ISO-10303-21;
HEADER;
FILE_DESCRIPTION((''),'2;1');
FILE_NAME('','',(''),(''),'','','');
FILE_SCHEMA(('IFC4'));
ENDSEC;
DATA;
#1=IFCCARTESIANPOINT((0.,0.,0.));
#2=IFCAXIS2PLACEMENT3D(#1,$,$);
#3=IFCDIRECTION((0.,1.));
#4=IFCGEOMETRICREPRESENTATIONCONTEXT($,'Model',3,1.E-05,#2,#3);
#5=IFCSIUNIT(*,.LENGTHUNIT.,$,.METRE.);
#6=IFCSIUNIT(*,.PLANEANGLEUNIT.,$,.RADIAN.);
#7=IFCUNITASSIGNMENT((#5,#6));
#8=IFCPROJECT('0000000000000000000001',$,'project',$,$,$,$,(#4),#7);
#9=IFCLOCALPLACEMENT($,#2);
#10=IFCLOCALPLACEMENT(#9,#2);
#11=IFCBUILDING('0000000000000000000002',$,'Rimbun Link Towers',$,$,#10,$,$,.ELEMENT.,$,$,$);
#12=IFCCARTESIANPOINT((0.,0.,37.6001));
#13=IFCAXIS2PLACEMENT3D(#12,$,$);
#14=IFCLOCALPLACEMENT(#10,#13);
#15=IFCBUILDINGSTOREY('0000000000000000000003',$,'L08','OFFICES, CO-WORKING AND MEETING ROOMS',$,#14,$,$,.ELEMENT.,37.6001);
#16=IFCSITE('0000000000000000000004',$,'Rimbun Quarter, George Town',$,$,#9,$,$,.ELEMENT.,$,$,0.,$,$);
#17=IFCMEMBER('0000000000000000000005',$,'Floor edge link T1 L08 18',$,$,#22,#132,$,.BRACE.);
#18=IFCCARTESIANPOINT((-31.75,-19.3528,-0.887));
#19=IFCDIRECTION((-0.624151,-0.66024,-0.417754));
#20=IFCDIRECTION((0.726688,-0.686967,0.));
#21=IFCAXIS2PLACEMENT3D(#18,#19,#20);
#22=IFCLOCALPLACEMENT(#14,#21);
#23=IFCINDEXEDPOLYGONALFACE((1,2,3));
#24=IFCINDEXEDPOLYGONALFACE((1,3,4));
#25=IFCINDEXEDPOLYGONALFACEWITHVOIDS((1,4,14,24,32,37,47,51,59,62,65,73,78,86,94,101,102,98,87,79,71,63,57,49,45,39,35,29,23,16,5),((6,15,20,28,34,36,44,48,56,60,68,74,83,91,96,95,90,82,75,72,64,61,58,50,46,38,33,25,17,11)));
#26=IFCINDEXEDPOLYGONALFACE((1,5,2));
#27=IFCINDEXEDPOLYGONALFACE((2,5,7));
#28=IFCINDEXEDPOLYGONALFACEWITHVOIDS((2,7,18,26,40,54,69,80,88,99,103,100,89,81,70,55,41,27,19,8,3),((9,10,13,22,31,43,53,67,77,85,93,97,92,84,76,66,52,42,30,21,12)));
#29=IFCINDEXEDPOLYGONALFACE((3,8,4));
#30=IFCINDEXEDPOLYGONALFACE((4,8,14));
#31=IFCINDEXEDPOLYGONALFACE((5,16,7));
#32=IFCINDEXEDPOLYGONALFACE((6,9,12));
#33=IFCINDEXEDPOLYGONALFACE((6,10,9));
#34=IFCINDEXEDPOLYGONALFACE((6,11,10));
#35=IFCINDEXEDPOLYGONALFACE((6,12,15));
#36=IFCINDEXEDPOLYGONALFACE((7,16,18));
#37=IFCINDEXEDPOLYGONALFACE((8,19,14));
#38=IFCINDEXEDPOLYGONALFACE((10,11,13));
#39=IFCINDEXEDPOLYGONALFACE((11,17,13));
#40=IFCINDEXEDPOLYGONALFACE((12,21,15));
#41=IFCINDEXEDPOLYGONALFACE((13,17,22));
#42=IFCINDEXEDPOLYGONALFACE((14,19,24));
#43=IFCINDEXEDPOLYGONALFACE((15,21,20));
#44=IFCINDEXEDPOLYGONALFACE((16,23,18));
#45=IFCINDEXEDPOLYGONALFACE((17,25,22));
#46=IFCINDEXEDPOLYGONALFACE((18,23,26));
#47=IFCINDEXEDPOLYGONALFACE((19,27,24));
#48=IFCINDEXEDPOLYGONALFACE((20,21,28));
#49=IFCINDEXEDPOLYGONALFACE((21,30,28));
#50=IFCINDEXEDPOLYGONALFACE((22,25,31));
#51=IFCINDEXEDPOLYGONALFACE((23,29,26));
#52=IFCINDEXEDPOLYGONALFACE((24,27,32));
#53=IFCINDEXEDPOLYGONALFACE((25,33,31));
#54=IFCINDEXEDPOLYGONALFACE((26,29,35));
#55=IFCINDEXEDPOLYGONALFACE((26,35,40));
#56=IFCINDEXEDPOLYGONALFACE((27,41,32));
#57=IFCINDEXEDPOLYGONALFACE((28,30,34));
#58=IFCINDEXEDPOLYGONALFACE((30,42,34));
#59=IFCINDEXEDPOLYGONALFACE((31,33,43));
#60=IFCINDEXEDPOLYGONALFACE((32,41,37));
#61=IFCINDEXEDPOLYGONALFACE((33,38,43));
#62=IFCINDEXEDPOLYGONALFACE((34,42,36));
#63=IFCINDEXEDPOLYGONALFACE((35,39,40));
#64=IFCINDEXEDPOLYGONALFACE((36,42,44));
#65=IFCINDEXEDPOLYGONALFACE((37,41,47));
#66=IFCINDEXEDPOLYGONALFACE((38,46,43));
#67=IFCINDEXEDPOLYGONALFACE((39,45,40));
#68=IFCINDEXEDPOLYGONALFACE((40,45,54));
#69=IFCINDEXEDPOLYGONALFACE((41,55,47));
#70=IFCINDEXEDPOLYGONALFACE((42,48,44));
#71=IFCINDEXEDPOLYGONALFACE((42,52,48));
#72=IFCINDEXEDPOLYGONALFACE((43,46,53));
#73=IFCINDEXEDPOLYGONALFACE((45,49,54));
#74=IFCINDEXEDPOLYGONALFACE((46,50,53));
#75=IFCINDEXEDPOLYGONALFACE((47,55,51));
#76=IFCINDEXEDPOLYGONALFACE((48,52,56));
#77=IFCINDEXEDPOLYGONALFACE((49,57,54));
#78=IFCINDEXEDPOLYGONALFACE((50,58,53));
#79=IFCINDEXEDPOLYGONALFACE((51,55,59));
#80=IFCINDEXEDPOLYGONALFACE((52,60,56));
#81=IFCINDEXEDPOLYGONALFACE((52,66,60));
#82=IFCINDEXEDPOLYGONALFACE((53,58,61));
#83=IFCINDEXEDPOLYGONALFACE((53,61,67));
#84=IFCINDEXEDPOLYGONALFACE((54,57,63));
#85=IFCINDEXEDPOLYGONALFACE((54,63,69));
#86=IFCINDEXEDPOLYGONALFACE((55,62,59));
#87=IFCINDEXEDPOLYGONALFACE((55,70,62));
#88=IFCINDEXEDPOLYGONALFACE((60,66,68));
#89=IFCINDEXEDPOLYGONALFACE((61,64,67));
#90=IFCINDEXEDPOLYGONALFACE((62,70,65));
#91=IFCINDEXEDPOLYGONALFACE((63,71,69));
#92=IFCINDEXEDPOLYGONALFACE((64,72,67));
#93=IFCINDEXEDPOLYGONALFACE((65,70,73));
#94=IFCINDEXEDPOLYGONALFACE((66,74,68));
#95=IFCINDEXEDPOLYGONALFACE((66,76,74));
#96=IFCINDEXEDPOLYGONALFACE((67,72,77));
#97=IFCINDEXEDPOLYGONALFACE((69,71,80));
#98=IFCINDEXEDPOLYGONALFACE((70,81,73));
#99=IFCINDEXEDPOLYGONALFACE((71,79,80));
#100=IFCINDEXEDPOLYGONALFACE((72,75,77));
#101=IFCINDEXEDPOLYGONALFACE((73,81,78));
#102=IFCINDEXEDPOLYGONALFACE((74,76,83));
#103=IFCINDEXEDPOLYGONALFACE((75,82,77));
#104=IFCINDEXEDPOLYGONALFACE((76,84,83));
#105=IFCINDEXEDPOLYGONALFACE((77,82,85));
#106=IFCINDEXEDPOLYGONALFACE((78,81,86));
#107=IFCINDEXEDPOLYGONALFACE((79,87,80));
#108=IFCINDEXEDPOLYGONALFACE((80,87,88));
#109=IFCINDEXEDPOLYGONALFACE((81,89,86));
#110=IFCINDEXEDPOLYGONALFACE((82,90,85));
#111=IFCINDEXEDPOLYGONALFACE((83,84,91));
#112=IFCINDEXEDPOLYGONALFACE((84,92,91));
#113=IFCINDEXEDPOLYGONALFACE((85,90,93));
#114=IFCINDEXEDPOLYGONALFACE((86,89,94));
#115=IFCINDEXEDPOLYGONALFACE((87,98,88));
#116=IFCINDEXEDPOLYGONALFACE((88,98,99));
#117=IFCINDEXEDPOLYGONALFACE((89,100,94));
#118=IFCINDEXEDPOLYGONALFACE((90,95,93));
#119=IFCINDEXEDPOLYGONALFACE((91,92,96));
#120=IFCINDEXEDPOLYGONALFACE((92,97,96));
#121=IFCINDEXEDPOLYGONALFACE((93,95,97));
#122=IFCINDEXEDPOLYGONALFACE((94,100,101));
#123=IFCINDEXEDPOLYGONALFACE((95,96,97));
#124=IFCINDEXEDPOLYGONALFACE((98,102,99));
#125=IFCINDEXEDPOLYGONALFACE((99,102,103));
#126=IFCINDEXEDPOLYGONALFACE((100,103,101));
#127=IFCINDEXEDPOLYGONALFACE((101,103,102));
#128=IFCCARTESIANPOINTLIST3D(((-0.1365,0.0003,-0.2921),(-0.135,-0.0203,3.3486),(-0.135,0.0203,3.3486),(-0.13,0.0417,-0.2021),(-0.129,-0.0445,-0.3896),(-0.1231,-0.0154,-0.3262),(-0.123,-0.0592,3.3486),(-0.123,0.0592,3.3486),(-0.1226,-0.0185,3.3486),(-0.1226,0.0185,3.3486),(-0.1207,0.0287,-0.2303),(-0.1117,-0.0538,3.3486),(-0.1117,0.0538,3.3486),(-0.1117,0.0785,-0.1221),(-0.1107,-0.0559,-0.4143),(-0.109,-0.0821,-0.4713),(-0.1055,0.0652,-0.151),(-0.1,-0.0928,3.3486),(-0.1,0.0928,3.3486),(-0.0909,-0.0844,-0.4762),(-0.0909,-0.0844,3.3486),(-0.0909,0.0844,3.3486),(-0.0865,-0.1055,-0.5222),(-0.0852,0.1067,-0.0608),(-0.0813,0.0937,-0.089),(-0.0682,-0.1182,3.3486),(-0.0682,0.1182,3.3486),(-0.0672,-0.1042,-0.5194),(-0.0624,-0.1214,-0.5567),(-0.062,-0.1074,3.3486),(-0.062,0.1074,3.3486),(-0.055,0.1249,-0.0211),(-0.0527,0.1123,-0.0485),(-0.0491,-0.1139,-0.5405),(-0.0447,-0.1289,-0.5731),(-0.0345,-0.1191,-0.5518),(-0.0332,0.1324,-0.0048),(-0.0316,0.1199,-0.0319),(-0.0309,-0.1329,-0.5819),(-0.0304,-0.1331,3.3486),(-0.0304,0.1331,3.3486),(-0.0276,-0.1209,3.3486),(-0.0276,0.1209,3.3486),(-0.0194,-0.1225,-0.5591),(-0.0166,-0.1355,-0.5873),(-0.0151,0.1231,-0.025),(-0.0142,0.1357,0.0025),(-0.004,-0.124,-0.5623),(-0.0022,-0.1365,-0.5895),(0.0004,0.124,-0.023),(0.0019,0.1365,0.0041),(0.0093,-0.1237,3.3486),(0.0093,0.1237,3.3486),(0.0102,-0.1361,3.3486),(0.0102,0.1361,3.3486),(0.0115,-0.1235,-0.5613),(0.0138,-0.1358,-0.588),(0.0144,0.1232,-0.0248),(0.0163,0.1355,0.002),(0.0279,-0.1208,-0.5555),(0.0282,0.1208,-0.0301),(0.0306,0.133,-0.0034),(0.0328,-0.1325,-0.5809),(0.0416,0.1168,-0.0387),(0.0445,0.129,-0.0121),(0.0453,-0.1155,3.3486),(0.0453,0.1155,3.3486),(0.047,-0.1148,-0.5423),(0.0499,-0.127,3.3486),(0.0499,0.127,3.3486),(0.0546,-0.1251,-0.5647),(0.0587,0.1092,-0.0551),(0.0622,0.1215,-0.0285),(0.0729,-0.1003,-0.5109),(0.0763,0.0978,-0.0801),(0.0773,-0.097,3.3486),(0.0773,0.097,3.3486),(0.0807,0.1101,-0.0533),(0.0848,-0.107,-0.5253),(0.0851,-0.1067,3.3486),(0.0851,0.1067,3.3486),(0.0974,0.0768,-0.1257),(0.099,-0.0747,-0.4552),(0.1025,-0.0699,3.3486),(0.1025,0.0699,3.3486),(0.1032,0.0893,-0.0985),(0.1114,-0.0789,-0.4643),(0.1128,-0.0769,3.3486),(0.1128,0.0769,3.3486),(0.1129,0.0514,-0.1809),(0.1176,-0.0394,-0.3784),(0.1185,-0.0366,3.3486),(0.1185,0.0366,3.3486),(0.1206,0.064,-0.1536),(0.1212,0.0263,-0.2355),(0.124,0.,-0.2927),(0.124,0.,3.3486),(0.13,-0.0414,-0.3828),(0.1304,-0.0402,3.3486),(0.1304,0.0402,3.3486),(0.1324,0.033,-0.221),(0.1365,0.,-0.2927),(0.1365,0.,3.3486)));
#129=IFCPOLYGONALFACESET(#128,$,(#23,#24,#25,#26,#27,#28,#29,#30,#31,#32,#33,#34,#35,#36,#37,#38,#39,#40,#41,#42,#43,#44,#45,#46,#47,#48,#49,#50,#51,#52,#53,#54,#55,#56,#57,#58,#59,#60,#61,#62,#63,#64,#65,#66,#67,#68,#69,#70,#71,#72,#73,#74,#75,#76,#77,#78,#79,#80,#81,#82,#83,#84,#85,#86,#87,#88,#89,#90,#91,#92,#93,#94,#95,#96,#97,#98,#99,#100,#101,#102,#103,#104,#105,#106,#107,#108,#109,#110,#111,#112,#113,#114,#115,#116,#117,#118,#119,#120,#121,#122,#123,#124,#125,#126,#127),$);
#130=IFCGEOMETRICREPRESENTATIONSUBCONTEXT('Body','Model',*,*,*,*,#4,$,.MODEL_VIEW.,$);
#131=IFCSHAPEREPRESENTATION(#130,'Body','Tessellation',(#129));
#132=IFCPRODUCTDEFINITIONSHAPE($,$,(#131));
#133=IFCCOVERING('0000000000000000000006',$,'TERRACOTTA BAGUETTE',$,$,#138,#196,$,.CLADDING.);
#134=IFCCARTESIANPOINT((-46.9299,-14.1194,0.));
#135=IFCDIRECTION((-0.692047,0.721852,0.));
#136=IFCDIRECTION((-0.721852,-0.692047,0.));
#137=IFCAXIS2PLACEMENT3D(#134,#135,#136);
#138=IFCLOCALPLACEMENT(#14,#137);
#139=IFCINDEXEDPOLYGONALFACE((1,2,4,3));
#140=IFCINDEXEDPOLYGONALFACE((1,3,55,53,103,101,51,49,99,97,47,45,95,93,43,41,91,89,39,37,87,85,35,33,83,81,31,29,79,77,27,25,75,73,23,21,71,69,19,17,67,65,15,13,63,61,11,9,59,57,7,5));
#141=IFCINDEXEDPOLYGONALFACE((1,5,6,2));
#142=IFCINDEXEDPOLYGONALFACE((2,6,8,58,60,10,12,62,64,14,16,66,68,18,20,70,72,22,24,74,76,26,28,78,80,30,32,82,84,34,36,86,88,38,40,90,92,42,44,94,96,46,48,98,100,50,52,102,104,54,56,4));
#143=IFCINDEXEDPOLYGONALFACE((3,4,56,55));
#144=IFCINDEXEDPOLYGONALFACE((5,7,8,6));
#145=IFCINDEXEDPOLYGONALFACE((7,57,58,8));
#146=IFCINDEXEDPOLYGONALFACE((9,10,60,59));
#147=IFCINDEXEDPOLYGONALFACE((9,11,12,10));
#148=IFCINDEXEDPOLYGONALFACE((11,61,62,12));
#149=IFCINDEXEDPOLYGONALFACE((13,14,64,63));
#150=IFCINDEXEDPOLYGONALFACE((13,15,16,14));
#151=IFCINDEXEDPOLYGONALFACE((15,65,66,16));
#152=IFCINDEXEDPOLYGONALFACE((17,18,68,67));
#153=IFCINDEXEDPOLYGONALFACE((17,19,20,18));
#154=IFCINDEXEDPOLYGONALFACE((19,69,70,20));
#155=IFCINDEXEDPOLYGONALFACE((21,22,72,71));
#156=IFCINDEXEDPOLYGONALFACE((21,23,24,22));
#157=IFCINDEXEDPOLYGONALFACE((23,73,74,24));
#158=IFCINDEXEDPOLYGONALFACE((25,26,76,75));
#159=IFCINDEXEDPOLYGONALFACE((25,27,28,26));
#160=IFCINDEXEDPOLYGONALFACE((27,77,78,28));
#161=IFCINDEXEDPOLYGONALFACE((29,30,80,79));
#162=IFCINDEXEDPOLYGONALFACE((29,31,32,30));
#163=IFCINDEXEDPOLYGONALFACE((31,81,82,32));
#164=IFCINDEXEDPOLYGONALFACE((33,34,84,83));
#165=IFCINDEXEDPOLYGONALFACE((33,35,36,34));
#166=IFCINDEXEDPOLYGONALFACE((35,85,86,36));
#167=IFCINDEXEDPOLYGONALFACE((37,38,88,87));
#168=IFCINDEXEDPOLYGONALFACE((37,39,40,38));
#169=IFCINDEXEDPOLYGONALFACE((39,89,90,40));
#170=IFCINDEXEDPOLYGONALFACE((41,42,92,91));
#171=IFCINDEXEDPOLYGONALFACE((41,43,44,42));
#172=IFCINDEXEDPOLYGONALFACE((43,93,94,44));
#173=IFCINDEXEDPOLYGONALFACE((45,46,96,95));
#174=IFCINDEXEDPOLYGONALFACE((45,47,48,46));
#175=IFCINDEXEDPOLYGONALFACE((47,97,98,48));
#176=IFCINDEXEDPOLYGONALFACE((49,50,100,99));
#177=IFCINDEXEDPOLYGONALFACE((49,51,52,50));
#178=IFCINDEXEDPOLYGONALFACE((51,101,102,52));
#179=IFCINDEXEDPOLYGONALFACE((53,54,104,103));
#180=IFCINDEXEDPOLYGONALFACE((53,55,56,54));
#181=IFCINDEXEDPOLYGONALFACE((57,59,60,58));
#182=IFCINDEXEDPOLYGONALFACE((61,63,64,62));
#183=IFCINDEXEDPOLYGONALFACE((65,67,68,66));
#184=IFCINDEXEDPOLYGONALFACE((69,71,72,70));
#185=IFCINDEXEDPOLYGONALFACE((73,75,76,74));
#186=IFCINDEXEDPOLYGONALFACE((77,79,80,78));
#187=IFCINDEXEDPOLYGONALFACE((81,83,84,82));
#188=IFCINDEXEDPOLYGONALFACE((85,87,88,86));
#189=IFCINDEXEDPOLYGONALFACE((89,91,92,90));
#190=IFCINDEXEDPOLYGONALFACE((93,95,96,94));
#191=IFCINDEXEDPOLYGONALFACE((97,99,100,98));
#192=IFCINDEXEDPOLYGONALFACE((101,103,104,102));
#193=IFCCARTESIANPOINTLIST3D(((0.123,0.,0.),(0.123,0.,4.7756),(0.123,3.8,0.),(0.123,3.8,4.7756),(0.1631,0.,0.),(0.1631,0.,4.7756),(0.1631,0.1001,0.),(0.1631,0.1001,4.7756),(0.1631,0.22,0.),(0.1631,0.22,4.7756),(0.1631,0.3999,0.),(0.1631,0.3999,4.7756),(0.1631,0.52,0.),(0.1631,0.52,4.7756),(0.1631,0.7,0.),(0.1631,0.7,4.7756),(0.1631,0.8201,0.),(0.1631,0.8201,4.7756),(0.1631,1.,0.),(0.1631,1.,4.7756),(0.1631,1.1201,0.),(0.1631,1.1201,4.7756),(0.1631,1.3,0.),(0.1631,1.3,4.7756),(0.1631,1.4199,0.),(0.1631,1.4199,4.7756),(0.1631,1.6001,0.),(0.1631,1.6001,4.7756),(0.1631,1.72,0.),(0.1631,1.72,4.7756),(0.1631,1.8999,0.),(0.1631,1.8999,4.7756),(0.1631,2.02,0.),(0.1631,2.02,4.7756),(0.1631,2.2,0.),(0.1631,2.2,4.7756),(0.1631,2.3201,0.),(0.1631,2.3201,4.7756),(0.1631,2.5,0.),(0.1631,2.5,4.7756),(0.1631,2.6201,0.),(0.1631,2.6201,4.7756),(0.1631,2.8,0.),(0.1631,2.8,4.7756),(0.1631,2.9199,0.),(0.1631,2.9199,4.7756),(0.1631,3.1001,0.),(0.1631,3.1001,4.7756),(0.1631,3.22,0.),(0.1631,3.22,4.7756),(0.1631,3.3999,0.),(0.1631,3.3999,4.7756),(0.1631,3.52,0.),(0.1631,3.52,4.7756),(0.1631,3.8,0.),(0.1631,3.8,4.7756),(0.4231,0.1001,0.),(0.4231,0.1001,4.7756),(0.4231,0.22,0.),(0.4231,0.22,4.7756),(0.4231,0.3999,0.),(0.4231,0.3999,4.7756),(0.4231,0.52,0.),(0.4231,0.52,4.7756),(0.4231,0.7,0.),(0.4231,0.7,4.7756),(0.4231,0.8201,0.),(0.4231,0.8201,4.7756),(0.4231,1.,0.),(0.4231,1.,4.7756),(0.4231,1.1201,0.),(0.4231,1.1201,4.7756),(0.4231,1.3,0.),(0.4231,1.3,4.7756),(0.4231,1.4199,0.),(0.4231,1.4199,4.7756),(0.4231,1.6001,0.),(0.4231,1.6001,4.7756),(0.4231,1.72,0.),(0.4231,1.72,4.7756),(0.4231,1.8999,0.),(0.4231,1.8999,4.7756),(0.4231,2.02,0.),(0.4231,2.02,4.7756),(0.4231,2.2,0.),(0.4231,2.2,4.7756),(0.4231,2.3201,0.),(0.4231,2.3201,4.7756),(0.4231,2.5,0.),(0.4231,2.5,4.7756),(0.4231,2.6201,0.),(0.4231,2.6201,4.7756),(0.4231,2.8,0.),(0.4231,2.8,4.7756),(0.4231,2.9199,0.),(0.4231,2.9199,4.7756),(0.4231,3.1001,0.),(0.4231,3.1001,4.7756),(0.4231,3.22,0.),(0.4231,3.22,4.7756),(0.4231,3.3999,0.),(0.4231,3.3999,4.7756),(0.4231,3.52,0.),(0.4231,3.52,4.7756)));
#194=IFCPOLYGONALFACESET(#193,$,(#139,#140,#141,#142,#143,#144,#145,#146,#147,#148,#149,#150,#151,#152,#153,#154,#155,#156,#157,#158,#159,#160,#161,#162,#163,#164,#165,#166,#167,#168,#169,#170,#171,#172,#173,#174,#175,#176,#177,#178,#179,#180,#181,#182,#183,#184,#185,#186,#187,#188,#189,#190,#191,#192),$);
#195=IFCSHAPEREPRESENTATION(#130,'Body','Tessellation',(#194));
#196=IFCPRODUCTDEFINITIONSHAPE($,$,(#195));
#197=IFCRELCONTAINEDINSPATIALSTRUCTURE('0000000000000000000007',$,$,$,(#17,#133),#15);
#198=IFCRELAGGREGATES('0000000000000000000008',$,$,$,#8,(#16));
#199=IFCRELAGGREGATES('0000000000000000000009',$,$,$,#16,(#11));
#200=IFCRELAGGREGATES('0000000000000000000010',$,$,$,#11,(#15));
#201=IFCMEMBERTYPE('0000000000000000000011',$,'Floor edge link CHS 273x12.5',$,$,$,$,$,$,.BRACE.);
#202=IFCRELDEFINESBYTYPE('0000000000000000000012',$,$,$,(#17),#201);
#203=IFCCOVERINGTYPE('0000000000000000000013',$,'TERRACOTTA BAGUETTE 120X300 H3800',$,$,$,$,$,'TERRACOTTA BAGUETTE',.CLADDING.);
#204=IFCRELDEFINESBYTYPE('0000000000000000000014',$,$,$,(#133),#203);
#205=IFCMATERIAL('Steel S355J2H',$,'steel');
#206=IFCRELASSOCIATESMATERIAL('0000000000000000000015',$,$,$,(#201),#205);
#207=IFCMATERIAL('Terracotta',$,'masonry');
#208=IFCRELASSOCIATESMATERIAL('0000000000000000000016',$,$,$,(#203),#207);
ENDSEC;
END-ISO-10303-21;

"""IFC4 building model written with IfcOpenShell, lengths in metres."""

from ifc_helpers import new_model, si_unit, direction, frame, origin, origin_2d, place, context, subcontext, project, spatial, polyline, hollow_circle, outline, extrude, clip, halfspace, material, material_profile, profile_set, type_object, element, save


model = new_model("IFC4")

# Units and contexts
model_context = context("Model", 3, precision=1e-05, world=origin(), true_north=direction((0.0, 1.0)))
body_context = subcontext(model_context, "Body", "Model", "MODEL_VIEW")
ifc_project = project(units=[si_unit("LENGTHUNIT", "METRE"), si_unit("PLANEANGLEUNIT", "RADIAN")], contexts=[model_context])

# Site, building, storey
site_placement = place(None, origin())
site = spatial("IfcSite", under=ifc_project, at=site_placement, Name="Rimbun Quarter, George Town", CompositionType="ELEMENT", RefElevation=0.0)
building_placement = place(site_placement, origin())
building = spatial("IfcBuilding", under=site, at=building_placement, Name="Rimbun Link Towers", CompositionType="ELEMENT")
storey_placement = place(building_placement, frame((0.0, 0.0, 37.6001)))
storey = spatial("IfcBuildingStorey", under=building, at=storey_placement, Name="L08", Description="OFFICES, CO-WORKING AND MEETING ROOMS", CompositionType="ELEMENT", Elevation=37.6001)

# Member
ifc_material_1 = material(Name="Steel S355J2H", Category="steel")
ifc_material_profile_1 = material_profile(ifc_material_1, hollow_circle(Radius=0.1365, WallThickness=0.0125, at=origin_2d()), Name="CHS 273x12.5")
ifc_profile_set_1 = profile_set([ifc_material_profile_1], Name="Steel S355J2H")
member_type_1 = type_object("IfcMemberType", Name="Floor edge link CHS 273x12.5", PredefinedType="BRACE", material=ifc_profile_set_1)
member_1_placement = place(storey_placement, frame((-31.75, -19.3528, -0.887), z_axis=(-0.624151, -0.66024, -0.417754), x_axis=(0.726688, -0.686967, 0.0)))
element("IfcMember", 1, at=member_1_placement, inside=storey, type_object=member_type_1, Name="Floor edge link T1 L08 18", PredefinedType="BRACE", context=body_context, shape_type="Clipping", body=[
    clip(extrude(hollow_circle(Radius=0.1365, WallThickness=0.0125, at=origin_2d()), frame((0.0, 0.0, -0.6177)), (0.0, 0.0, 1.0), 3.9663), halfspace(frame((0.0, 0.0, -0.2927), z_axis=(0.0, 0.90856, -0.417754)), False)),
])

# Covering
ifc_material_2 = material(Name="Terracotta", Category="masonry")
ifc_material_profile_2 = material_profile(ifc_material_2, outline(polyline([(0.123, 0.0), (0.1631, 0.0), (0.1631, 0.1001), (0.4231, 0.1001), (0.4231, 0.22), (0.1631, 0.22), (0.1631, 0.3999), (0.4231, 0.3999), (0.4231, 0.52), (0.1631, 0.52), (0.1631, 0.7), (0.4231, 0.7), (0.4231, 0.8201), (0.1631, 0.8201), (0.1631, 1.0), (0.4231, 1.0), (0.4231, 1.1201), (0.1631, 1.1201), (0.1631, 1.3), (0.4231, 1.3), (0.4231, 1.4199), (0.1631, 1.4199), (0.1631, 1.6001), (0.4231, 1.6001), (0.4231, 1.72), (0.1631, 1.72), (0.1631, 1.8999), (0.4231, 1.8999), (0.4231, 2.02), (0.1631, 2.02), (0.1631, 2.2), (0.4231, 2.2), (0.4231, 2.3201), (0.1631, 2.3201), (0.1631, 2.5), (0.4231, 2.5), (0.4231, 2.6201), (0.1631, 2.6201), (0.1631, 2.8), (0.4231, 2.8), (0.4231, 2.9199), (0.1631, 2.9199), (0.1631, 3.1001), (0.4231, 3.1001), (0.4231, 3.22), (0.1631, 3.22), (0.1631, 3.3999), (0.4231, 3.3999), (0.4231, 3.52), (0.1631, 3.52), (0.1631, 3.8), (0.123, 3.8), (0.123, 0.0)])), Name="BAGUETTE 120X300")
ifc_profile_set_2 = profile_set([ifc_material_profile_2], Name="Terracotta")
covering_type = type_object("IfcCoveringType", Name="TERRACOTTA BAGUETTE 120X300 H3800", ElementType="TERRACOTTA BAGUETTE", PredefinedType="CLADDING", material=ifc_profile_set_2)
covering_1_placement = place(storey_placement, frame((-46.9299, -14.1194, 0.0), z_axis=(-0.692047, 0.721852, 0.0), x_axis=(-0.721852, -0.692047, 0.0)))
element("IfcCovering", 2, at=covering_1_placement, inside=storey, type_object=covering_type, Name="TERRACOTTA BAGUETTE", PredefinedType="CLADDING", context=body_context, shape_type="SweptSolid", body=[
    extrude(outline(polyline([(0.123, 0.0), (0.1631, 0.0), (0.1631, 0.1001), (0.4231, 0.1001), (0.4231, 0.22), (0.1631, 0.22), (0.1631, 0.3999), (0.4231, 0.3999), (0.4231, 0.52), (0.1631, 0.52), (0.1631, 0.7), (0.4231, 0.7), (0.4231, 0.8201), (0.1631, 0.8201), (0.1631, 1.0), (0.4231, 1.0), (0.4231, 1.1201), (0.1631, 1.1201), (0.1631, 1.3), (0.4231, 1.3), (0.4231, 1.4199), (0.1631, 1.4199), (0.1631, 1.6001), (0.4231, 1.6001), (0.4231, 1.72), (0.1631, 1.72), (0.1631, 1.8999), (0.4231, 1.8999), (0.4231, 2.02), (0.1631, 2.02), (0.1631, 2.2), (0.4231, 2.2), (0.4231, 2.3201), (0.1631, 2.3201), (0.1631, 2.5), (0.4231, 2.5), (0.4231, 2.6201), (0.1631, 2.6201), (0.1631, 2.8), (0.4231, 2.8), (0.4231, 2.9199), (0.1631, 2.9199), (0.1631, 3.1001), (0.4231, 3.1001), (0.4231, 3.22), (0.1631, 3.22), (0.1631, 3.3999), (0.4231, 3.3999), (0.4231, 3.52), (0.1631, 3.52), (0.1631, 3.8), (0.123, 3.8), (0.123, 0.0)])), origin(), (0.0, 0.0, 1.0), 4.7756),
])

save(model, "model.ifc")
